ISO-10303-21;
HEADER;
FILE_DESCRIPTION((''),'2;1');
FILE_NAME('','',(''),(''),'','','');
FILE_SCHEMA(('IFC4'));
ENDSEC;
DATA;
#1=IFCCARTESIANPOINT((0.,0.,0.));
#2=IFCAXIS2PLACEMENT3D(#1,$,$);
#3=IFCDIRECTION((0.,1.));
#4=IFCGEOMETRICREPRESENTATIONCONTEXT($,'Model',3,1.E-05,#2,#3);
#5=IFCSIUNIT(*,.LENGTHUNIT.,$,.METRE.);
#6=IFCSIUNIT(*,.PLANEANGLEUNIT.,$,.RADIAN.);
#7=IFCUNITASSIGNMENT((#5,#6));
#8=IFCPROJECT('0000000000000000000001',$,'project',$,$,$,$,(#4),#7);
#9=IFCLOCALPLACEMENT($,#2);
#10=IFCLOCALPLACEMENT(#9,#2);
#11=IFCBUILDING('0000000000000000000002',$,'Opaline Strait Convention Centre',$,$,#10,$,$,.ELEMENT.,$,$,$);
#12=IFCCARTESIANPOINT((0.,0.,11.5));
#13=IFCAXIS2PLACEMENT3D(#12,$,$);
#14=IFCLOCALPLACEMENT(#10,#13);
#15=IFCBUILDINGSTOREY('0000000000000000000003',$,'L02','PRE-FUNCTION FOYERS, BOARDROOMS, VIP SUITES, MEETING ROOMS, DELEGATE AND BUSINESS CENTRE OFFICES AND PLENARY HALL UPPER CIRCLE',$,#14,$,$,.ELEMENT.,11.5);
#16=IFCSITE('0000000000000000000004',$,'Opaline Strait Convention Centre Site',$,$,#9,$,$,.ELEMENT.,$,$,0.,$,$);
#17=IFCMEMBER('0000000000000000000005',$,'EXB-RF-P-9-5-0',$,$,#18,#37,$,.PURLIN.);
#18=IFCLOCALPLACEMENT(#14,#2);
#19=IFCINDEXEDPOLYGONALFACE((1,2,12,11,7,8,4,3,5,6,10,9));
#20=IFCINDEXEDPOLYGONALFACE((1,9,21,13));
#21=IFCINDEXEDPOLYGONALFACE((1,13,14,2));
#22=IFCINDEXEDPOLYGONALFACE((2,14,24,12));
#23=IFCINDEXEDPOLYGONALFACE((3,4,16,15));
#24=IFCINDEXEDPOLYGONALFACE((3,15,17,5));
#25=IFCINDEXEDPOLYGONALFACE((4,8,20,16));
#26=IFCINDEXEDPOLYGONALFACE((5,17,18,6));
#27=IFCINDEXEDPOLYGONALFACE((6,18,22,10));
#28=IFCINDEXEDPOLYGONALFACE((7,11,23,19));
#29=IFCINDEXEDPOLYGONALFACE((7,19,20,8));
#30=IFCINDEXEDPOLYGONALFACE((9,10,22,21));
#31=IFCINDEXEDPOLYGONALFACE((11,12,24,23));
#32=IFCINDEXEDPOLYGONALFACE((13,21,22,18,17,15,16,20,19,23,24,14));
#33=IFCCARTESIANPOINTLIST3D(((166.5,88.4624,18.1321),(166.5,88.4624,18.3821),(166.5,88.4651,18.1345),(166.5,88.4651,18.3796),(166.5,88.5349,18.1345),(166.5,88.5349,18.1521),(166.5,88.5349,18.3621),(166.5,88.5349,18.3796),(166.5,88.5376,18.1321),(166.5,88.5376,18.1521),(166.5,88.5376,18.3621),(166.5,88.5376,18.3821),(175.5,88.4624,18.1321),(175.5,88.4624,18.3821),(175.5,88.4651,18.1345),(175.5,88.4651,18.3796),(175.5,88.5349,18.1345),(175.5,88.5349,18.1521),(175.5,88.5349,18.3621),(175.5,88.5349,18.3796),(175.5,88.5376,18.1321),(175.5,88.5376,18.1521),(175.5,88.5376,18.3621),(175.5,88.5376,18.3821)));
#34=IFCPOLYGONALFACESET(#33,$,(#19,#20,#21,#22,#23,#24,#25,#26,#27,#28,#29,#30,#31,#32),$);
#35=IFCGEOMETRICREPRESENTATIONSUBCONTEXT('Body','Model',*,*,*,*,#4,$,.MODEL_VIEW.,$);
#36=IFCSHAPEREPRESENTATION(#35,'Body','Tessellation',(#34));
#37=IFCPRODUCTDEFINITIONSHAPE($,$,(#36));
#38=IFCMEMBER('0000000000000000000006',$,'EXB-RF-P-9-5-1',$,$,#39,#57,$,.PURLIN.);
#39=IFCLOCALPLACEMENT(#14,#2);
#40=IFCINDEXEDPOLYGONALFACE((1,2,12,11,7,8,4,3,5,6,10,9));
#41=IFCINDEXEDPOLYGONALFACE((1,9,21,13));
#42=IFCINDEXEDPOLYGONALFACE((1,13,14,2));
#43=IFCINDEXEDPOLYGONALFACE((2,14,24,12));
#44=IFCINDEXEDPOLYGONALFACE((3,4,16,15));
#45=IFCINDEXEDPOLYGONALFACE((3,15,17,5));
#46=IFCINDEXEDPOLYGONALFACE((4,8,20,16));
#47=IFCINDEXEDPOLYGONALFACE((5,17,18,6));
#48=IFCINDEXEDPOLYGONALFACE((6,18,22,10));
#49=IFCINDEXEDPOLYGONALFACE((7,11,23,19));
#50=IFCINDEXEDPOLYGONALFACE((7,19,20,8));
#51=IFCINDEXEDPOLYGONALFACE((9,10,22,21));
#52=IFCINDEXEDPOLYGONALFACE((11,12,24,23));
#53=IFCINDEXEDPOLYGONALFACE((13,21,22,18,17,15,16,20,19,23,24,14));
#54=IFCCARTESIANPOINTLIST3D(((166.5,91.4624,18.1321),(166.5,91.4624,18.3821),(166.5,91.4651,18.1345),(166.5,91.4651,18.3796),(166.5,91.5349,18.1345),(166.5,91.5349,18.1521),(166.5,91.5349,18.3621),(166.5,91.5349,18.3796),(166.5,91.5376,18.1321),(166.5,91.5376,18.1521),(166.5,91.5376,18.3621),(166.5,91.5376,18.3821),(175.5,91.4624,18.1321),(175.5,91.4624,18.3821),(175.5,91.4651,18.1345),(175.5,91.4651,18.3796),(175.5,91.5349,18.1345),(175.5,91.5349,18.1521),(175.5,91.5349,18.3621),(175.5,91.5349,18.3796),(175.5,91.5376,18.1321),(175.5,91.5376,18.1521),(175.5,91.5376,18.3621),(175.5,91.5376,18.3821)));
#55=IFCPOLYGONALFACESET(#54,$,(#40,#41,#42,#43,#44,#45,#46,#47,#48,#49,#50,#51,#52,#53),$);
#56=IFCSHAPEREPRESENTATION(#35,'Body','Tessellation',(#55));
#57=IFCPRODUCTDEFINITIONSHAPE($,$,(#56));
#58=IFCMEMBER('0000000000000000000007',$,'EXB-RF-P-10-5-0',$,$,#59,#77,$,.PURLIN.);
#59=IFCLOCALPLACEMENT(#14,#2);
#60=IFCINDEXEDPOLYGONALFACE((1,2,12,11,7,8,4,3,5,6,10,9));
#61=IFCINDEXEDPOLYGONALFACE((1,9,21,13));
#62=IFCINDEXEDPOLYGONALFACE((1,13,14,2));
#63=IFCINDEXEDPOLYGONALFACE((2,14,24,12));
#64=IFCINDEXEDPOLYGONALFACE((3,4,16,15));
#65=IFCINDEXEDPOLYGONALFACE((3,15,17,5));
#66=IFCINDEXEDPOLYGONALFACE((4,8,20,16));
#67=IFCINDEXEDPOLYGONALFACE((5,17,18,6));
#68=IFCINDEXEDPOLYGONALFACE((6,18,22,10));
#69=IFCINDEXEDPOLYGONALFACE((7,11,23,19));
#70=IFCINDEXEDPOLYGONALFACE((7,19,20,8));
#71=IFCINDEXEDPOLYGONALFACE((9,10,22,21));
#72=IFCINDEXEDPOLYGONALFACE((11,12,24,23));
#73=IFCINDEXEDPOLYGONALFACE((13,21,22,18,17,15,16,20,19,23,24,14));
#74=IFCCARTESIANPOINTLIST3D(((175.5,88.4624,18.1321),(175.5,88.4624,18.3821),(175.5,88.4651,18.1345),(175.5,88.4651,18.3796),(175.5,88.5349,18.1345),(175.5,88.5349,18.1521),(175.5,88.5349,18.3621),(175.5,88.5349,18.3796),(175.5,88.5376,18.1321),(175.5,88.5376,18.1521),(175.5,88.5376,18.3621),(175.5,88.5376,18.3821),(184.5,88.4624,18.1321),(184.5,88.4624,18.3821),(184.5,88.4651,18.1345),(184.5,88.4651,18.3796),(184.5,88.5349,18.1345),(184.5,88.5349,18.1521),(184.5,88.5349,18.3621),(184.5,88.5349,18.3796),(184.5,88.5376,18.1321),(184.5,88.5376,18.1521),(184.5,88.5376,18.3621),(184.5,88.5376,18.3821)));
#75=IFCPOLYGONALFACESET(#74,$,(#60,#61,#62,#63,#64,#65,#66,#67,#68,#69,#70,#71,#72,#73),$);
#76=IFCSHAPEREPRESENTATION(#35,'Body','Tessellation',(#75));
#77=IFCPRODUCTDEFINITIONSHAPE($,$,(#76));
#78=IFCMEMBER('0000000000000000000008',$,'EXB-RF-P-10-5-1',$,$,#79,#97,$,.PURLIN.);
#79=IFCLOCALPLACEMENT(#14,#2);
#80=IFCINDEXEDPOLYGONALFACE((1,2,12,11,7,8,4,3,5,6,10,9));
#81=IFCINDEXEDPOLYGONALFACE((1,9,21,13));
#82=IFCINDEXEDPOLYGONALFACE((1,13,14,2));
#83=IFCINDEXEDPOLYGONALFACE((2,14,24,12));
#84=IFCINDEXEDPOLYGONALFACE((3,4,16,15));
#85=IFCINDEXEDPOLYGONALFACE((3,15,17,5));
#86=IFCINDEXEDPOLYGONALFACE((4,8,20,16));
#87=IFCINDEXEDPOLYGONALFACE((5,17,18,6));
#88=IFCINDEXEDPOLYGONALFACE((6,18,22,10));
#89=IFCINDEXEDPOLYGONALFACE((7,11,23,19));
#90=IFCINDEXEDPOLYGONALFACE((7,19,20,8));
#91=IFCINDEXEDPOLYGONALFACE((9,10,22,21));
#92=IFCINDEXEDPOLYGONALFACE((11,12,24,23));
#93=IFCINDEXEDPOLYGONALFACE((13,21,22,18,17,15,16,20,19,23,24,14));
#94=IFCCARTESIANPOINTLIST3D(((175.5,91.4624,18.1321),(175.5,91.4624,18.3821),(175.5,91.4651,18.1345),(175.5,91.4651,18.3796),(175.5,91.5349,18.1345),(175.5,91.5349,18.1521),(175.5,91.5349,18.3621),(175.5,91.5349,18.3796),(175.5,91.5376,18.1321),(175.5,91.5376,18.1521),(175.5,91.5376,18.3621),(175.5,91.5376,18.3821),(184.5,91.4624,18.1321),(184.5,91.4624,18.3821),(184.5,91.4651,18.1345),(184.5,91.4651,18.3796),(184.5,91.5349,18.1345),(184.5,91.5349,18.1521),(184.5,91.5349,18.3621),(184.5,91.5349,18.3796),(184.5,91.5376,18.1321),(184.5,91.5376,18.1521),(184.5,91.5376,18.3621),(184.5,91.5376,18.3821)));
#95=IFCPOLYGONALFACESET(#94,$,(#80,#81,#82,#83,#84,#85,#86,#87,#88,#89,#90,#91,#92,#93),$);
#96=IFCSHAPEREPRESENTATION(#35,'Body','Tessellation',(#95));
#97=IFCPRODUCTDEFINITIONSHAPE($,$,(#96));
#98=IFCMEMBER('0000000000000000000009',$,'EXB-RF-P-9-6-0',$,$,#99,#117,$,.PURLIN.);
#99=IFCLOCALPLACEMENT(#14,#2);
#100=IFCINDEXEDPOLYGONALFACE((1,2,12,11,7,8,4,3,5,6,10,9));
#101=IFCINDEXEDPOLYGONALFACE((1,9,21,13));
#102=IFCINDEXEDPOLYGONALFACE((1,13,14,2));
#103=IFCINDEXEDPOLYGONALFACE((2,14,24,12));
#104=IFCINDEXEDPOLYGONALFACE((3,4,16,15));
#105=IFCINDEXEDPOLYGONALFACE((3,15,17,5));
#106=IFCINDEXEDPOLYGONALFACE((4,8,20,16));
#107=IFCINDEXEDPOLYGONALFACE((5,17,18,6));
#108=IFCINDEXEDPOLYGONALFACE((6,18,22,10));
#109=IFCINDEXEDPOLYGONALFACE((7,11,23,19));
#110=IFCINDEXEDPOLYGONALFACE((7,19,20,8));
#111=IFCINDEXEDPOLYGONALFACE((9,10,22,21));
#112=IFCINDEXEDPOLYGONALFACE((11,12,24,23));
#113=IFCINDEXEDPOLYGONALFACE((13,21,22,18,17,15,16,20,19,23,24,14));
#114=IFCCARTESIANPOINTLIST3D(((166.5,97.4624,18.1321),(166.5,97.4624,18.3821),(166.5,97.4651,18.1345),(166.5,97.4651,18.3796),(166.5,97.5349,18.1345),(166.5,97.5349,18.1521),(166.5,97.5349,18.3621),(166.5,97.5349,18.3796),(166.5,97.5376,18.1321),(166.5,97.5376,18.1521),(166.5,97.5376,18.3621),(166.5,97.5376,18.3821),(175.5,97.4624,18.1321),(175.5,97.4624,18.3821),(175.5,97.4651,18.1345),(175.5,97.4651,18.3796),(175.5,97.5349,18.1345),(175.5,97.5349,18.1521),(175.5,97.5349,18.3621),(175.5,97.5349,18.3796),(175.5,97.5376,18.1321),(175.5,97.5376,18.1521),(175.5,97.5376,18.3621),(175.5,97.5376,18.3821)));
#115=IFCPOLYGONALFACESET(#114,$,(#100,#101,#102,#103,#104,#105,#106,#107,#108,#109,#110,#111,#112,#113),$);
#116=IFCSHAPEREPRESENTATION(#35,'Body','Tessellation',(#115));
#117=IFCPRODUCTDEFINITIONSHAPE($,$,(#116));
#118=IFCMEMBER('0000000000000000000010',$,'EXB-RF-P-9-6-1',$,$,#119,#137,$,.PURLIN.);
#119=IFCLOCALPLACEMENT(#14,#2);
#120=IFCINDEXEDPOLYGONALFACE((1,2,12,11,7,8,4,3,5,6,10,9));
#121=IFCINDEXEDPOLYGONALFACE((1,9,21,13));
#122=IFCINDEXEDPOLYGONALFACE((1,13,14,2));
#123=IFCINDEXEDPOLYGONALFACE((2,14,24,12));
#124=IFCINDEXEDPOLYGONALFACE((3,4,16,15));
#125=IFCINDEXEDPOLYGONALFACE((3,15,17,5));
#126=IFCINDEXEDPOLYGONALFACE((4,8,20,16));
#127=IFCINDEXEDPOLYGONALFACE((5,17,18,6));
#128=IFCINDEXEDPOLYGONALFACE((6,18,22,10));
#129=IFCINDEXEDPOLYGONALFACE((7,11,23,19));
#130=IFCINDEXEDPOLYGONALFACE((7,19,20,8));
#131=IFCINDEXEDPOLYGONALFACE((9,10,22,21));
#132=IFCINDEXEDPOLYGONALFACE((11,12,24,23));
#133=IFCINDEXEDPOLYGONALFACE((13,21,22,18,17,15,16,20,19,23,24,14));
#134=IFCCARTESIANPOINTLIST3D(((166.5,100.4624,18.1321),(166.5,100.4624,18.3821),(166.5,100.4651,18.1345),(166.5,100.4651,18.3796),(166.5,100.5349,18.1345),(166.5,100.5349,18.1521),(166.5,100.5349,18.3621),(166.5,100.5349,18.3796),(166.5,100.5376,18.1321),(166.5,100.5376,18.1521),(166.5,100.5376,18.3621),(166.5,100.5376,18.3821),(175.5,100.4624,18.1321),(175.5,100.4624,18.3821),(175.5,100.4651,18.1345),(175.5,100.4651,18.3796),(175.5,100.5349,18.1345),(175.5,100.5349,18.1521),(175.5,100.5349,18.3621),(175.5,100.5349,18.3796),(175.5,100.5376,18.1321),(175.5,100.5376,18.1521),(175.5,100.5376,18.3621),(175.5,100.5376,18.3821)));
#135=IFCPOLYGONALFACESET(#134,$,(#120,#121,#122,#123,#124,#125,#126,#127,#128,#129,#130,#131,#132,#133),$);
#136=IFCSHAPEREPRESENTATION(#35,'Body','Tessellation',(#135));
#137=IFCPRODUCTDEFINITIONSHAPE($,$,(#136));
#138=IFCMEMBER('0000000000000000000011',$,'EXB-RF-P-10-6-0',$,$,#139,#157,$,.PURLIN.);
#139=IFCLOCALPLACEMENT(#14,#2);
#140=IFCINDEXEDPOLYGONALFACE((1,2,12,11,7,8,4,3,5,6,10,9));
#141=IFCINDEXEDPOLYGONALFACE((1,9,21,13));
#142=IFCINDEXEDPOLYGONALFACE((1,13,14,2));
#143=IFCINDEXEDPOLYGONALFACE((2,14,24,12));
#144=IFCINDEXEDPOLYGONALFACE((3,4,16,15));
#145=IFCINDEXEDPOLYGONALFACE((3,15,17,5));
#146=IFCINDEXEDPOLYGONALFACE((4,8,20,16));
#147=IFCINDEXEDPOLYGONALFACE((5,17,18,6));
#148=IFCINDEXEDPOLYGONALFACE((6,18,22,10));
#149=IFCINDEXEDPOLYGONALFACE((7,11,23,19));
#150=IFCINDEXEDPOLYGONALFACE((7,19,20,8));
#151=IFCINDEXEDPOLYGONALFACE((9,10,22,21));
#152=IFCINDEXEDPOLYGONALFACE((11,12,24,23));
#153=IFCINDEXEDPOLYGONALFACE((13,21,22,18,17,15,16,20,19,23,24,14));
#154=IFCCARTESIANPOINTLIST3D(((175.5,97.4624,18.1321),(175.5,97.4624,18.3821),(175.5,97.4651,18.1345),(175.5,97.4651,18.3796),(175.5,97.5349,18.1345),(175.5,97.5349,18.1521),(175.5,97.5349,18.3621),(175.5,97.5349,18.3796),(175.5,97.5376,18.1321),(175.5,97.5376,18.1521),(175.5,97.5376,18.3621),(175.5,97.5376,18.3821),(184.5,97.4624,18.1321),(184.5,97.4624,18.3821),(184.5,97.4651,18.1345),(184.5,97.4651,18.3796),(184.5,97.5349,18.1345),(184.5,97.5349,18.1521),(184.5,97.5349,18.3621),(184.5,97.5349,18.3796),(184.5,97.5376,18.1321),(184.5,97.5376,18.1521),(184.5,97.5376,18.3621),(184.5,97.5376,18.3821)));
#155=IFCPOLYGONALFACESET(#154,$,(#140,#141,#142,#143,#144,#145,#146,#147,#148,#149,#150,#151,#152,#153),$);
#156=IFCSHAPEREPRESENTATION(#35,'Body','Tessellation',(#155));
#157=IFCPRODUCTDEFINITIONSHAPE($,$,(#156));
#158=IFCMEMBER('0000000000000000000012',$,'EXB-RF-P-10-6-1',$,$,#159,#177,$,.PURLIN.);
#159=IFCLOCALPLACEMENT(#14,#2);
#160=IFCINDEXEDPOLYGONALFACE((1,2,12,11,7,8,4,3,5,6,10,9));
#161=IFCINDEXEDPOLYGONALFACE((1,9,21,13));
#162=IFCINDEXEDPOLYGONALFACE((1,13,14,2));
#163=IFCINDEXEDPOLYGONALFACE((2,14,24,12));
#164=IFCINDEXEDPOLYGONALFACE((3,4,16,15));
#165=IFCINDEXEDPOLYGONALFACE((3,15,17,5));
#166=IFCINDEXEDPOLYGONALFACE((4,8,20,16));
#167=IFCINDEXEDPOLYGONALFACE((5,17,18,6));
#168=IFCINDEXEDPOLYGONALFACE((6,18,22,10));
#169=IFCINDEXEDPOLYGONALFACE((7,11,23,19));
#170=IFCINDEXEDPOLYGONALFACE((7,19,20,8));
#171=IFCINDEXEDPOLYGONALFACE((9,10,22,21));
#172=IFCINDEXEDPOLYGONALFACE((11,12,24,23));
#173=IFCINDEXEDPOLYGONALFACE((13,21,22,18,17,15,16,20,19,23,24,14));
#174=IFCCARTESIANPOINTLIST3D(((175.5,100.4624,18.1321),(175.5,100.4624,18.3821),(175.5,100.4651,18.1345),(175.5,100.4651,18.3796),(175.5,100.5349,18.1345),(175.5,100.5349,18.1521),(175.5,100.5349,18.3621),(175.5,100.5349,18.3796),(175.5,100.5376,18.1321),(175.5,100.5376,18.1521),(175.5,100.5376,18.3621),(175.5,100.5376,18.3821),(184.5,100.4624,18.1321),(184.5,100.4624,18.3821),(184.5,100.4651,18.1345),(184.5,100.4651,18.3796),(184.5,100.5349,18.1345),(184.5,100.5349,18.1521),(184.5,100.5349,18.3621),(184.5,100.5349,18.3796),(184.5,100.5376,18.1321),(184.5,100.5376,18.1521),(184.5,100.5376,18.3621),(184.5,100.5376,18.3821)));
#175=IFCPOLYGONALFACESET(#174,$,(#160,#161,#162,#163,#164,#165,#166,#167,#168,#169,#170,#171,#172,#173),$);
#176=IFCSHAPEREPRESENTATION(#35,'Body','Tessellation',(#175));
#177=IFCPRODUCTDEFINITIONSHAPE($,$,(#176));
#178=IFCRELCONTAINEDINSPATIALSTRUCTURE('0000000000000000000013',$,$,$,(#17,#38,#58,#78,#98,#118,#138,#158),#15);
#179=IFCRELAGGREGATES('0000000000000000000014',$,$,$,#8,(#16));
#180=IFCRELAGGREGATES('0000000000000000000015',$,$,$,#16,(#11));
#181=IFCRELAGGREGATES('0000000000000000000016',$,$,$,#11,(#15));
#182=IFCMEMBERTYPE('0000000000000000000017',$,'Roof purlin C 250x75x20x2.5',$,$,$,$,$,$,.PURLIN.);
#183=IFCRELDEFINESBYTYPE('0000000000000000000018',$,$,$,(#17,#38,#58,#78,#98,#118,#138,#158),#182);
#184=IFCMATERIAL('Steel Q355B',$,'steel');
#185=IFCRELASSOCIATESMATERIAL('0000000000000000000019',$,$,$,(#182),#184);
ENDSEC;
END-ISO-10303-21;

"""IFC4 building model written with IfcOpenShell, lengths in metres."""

from ifc_helpers import new_model, si_unit, direction, frame, origin, place, context, subcontext, project, spatial, polyline, outline, extrude, material, material_profile, profile_set, type_object, element, save


model = new_model("IFC4")

# Units and contexts
model_context = context("Model", 3, precision=1e-05, world=origin(), true_north=direction((0.0, 1.0)))
body_context = subcontext(model_context, "Body", "Model", "MODEL_VIEW")
ifc_project = project(units=[si_unit("LENGTHUNIT", "METRE"), si_unit("PLANEANGLEUNIT", "RADIAN")], contexts=[model_context])

# Site, building, storey
site_placement = place(None, origin())
site = spatial("IfcSite", under=ifc_project, at=site_placement, Name="Opaline Strait Convention Centre Site", CompositionType="ELEMENT", RefElevation=0.0)
building_placement = place(site_placement, origin())
building = spatial("IfcBuilding", under=site, at=building_placement, Name="Opaline Strait Convention Centre", CompositionType="ELEMENT")
storey_placement = place(building_placement, frame((0.0, 0.0, 11.5)))
storey = spatial("IfcBuildingStorey", under=building, at=storey_placement, Name="L02", Description="PRE-FUNCTION FOYERS, BOARDROOMS, VIP SUITES, MEETING ROOMS, DELEGATE AND BUSINESS CENTRE OFFICES AND PLENARY HALL UPPER CIRCLE", CompositionType="ELEMENT", Elevation=11.5)

# Members
ifc_material = material(Name="Steel Q355B", Category="steel")
ifc_material_profile_1 = material_profile(ifc_material, outline(polyline([(-0.0376, -0.125), (0.0376, -0.125), (0.0376, -0.105), (0.0349, -0.105), (0.0349, -0.1226), (-0.0349, -0.1226), (-0.0349, 0.1226), (0.0349, 0.1226), (0.0349, 0.105), (0.0376, 0.105), (0.0376, 0.125), (-0.0376, 0.125), (-0.0376, -0.125)])), Name="C 250x75x20x2.5")
ifc_profile_set_1 = profile_set([ifc_material_profile_1], Name="Steel Q355B")
member_type_1 = type_object("IfcMemberType", Name="Roof purlin C 250x75x20x2.5", PredefinedType="PURLIN", material=ifc_profile_set_1)
for number, where, z_axis, x_axis, name in (
    (1, (166.5, 88.5, 18.2571), (1.0, 0.0, 0.0), (0.0, 1.0, 0.0), "EXB-RF-P-9-5-0"),
    (2, (166.5, 91.5, 18.2571), (1.0, 0.0, 0.0), (0.0, 1.0, 0.0), "EXB-RF-P-9-5-1"),
    (3, (175.5, 88.5, 18.2571), (1.0, 0.0, 0.0), (0.0, 1.0, 0.0), "EXB-RF-P-10-5-0"),
    (4, (175.5, 91.5, 18.2571), (1.0, 0.0, 0.0), (0.0, 1.0, 0.0), "EXB-RF-P-10-5-1"),
    (5, (166.5, 97.5, 18.2571), (1.0, 0.0, 0.0), (0.0, 1.0, 0.0), "EXB-RF-P-9-6-0"),
    (6, (166.5, 100.5, 18.2571), (1.0, 0.0, 0.0), (0.0, 1.0, 0.0), "EXB-RF-P-9-6-1"),
    (7, (175.5, 97.5, 18.2571), (1.0, 0.0, 0.0), (0.0, 1.0, 0.0), "EXB-RF-P-10-6-0"),
    (8, (175.5, 100.5, 18.2571), (1.0, 0.0, 0.0), (0.0, 1.0, 0.0), "EXB-RF-P-10-6-1"),
):
    element("IfcMember", number, at=place(storey_placement, frame(where, z_axis=z_axis, x_axis=x_axis)), inside=storey, type_object=member_type_1, Name=name, PredefinedType="PURLIN", context=body_context, shape_type="SweptSolid", body=[
        extrude(outline(polyline([(-0.0376, -0.125), (0.0376, -0.125), (0.0376, -0.105), (0.0349, -0.105), (0.0349, -0.1226), (-0.0349, -0.1226), (-0.0349, 0.1226), (0.0349, 0.1226), (0.0349, 0.105), (0.0376, 0.105), (0.0376, 0.125), (-0.0376, 0.125), (-0.0376, -0.125)])), origin(), (0.0, 0.0, 1.0), 9.0),
    ])

save(model, "model.ifc")
